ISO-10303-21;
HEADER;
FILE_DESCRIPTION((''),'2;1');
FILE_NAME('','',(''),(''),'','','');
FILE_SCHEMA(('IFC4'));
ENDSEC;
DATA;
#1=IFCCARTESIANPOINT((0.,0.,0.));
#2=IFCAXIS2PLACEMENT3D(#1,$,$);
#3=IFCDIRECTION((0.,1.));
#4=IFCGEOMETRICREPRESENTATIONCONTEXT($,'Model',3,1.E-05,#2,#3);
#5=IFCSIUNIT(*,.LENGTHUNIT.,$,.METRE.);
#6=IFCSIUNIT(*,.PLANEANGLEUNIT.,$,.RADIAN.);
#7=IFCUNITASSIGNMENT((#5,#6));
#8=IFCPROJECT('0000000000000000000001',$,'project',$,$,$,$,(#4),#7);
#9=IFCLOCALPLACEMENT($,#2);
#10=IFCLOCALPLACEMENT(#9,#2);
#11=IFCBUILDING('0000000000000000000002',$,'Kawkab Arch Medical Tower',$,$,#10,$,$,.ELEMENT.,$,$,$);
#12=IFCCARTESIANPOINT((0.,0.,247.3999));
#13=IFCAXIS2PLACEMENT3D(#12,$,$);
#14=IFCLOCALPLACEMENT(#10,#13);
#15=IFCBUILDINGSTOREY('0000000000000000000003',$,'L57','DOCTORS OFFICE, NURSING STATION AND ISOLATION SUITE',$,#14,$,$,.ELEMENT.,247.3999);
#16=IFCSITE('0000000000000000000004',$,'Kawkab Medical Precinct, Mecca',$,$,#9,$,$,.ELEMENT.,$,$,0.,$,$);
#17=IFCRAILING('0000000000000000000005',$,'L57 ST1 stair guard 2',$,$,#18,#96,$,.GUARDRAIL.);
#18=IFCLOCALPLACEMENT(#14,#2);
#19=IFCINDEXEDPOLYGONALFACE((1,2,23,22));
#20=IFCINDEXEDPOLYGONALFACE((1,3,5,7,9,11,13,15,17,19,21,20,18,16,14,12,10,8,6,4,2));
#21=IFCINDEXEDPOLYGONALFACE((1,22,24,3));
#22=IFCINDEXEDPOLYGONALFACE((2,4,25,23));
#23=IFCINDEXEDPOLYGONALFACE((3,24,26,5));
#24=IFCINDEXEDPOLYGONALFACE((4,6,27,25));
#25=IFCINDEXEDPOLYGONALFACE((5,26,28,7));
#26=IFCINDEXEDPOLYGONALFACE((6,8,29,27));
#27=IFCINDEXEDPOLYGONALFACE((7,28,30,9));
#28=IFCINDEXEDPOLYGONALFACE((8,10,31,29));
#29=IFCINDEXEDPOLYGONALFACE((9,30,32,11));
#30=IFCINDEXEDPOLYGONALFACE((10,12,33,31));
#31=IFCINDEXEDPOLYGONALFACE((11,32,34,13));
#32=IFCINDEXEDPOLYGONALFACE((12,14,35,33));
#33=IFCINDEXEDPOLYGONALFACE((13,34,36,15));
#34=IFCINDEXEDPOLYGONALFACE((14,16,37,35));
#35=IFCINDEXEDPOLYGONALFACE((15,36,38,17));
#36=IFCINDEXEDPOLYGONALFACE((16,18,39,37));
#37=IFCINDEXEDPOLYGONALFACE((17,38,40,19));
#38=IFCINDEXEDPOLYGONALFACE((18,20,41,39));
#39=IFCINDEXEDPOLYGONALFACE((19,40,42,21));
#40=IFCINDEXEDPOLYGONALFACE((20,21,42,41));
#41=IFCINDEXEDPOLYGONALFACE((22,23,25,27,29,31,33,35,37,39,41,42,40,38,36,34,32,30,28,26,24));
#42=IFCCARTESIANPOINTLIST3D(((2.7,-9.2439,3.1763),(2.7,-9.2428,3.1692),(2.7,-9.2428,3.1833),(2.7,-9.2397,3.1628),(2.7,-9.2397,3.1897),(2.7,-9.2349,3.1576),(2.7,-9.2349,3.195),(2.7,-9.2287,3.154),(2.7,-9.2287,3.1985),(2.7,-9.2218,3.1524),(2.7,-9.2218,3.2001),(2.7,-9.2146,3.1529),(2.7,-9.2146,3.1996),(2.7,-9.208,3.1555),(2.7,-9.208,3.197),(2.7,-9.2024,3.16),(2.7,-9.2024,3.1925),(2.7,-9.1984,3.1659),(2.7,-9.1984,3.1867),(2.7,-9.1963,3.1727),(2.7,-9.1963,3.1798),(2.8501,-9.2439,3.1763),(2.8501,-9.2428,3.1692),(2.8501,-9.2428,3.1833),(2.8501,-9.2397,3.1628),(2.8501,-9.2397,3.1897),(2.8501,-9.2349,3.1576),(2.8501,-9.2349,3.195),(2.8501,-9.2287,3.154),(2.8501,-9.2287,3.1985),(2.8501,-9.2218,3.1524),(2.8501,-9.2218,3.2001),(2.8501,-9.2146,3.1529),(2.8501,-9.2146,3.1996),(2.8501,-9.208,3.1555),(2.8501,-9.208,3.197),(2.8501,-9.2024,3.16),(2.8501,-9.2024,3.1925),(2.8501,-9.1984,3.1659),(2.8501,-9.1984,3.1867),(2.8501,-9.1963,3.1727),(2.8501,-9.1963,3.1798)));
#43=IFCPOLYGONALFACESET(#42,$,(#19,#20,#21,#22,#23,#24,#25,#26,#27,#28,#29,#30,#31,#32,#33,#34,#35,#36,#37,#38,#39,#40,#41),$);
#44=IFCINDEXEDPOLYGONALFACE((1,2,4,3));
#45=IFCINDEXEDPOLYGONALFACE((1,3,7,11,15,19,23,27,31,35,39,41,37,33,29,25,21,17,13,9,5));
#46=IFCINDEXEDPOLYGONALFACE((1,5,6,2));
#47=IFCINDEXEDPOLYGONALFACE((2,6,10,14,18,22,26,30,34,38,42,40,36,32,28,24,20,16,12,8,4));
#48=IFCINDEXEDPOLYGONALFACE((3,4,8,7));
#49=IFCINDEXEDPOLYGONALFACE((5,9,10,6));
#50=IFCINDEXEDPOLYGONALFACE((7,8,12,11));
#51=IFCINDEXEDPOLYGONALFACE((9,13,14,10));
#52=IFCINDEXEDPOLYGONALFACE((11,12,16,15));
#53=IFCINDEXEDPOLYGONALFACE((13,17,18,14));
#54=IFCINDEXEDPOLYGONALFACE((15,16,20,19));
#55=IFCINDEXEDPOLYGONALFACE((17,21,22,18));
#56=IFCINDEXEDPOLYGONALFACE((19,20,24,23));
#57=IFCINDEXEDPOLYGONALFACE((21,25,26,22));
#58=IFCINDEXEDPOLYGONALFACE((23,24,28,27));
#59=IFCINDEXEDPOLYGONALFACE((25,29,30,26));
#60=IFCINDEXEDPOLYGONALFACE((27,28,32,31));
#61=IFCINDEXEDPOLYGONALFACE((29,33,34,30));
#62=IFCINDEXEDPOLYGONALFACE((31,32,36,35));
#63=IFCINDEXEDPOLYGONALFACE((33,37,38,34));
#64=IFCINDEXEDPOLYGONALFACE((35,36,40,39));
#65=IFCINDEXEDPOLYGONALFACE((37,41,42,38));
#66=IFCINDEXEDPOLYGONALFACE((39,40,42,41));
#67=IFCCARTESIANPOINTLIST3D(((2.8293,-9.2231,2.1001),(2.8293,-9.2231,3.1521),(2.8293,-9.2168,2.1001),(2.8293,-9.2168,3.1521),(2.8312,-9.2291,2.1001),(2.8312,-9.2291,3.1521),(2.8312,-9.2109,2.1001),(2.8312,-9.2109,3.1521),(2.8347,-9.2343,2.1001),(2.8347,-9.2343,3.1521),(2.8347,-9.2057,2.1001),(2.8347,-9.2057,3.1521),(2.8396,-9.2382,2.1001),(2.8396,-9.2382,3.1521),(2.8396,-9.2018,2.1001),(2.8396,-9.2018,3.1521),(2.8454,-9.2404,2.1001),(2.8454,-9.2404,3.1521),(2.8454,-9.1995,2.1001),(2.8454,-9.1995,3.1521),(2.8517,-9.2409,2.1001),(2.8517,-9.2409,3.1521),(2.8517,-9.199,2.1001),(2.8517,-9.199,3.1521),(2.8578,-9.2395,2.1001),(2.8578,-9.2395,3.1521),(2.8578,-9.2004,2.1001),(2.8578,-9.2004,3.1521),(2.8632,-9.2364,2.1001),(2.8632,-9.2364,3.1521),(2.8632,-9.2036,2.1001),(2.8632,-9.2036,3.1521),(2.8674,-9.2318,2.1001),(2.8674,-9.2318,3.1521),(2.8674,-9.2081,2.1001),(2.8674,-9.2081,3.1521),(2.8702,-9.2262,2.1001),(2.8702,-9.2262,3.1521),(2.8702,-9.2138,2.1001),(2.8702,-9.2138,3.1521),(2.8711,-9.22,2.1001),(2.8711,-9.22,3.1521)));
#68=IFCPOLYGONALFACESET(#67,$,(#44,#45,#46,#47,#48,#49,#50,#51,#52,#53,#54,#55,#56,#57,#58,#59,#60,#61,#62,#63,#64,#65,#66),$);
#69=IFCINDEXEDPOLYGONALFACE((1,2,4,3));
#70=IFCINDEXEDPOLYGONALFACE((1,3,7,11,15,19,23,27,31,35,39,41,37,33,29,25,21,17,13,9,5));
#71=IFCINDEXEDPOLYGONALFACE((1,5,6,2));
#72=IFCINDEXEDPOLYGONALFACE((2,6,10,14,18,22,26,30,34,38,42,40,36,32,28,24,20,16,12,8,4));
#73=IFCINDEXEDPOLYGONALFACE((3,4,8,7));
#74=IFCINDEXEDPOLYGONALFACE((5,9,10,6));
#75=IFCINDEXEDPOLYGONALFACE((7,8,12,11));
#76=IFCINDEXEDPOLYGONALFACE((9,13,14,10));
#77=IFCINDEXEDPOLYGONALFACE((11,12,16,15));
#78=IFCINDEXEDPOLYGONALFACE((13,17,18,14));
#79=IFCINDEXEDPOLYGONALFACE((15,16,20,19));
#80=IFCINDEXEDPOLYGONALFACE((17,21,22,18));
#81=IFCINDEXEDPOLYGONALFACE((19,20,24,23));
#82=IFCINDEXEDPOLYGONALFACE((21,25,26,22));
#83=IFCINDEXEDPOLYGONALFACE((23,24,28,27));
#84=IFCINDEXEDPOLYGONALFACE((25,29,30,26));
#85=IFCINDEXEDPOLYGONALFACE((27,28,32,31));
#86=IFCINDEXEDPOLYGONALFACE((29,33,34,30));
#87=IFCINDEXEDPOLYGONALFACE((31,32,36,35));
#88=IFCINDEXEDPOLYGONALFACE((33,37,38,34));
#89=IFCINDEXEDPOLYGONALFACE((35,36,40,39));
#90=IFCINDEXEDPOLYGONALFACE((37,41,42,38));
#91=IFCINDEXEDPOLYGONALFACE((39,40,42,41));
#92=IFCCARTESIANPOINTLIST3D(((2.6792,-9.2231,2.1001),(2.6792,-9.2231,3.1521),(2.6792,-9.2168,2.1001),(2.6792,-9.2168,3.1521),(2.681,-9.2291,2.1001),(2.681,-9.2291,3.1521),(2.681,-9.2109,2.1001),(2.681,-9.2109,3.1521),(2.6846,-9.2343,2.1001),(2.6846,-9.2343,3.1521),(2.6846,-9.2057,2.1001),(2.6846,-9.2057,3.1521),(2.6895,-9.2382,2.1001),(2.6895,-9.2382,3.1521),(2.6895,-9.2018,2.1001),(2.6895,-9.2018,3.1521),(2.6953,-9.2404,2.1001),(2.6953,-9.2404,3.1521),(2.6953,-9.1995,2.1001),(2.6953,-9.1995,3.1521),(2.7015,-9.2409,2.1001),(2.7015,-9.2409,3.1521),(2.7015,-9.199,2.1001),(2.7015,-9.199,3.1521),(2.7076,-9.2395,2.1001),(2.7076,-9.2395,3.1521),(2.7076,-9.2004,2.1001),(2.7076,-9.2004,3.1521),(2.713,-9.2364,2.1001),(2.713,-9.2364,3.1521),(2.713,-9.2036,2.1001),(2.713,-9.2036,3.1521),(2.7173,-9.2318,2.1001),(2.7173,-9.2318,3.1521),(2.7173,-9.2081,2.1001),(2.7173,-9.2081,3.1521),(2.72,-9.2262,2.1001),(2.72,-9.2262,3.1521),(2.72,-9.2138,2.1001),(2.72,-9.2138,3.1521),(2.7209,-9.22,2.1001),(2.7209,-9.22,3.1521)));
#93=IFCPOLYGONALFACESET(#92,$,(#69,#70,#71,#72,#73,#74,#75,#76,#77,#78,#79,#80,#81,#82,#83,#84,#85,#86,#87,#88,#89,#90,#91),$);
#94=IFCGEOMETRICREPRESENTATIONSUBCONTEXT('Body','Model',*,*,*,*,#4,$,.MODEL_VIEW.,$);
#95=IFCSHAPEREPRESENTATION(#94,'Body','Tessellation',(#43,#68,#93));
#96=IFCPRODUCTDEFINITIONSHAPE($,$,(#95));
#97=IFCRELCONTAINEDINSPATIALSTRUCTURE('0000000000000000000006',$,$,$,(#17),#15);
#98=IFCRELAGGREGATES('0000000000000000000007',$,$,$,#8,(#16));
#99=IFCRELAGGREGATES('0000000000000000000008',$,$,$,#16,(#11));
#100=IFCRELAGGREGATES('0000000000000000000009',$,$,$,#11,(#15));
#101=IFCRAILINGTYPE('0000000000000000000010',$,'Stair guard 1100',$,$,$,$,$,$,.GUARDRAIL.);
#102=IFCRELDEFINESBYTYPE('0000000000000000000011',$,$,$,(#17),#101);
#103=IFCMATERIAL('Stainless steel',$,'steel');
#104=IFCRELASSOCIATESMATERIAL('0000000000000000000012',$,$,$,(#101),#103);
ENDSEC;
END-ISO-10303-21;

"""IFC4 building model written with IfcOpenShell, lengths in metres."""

from ifc_helpers import new_model, si_unit, direction, frame, origin, origin_2d, place, context, subcontext, project, spatial, circle, extrude, material, type_object, element, save


model = new_model("IFC4")

# Units and contexts
model_context = context("Model", 3, precision=1e-05, world=origin(), true_north=direction((0.0, 1.0)))
body_context = subcontext(model_context, "Body", "Model", "MODEL_VIEW")
ifc_project = project(units=[si_unit("LENGTHUNIT", "METRE"), si_unit("PLANEANGLEUNIT", "RADIAN")], contexts=[model_context])

# Site, building, storey
site_placement = place(None, origin())
site = spatial("IfcSite", under=ifc_project, at=site_placement, Name="Kawkab Medical Precinct, Mecca", CompositionType="ELEMENT", RefElevation=0.0)
building_placement = place(site_placement, origin())
building = spatial("IfcBuilding", under=site, at=building_placement, Name="Kawkab Arch Medical Tower", CompositionType="ELEMENT")
storey_placement = place(building_placement, frame((0.0, 0.0, 247.3999)))
storey = spatial("IfcBuildingStorey", under=building, at=storey_placement, Name="L57", Description="DOCTORS OFFICE, NURSING STATION AND ISOLATION SUITE", CompositionType="ELEMENT", Elevation=247.3999)

# Railing
ifc_material_1 = material(Name="Stainless steel", Category="steel")
railing_type_1 = type_object("IfcRailingType", Name="Stair guard 1100", PredefinedType="GUARDRAIL", material=ifc_material_1)
railing_1_placement = place(storey_placement, frame((2.8501, -9.22, 2.1001)))
element("IfcRailing", 1, at=railing_1_placement, inside=storey, type_object=railing_type_1, Name="L57 ST1 stair guard 2", PredefinedType="GUARDRAIL", context=body_context, shape_type="SweptSolid", body=[
    extrude(circle(Radius=0.0239, at=origin_2d()), frame((0.0, 0.0, 1.0762), z_axis=(-1.0, 0.0, 0.0), x_axis=(0.0, -1.0, 0.0)), (0.0, 0.0, 1.0), 0.1501),
    extrude(circle(Radius=0.021, at=origin_2d()), origin(), (0.0, 0.0, 1.0), 1.052),
    extrude(circle(Radius=0.021, at=origin_2d()), frame((-0.1501, 0.0, 0.0)), (0.0, 0.0, 1.0), 1.052),
])

save(model, "model.ifc")
